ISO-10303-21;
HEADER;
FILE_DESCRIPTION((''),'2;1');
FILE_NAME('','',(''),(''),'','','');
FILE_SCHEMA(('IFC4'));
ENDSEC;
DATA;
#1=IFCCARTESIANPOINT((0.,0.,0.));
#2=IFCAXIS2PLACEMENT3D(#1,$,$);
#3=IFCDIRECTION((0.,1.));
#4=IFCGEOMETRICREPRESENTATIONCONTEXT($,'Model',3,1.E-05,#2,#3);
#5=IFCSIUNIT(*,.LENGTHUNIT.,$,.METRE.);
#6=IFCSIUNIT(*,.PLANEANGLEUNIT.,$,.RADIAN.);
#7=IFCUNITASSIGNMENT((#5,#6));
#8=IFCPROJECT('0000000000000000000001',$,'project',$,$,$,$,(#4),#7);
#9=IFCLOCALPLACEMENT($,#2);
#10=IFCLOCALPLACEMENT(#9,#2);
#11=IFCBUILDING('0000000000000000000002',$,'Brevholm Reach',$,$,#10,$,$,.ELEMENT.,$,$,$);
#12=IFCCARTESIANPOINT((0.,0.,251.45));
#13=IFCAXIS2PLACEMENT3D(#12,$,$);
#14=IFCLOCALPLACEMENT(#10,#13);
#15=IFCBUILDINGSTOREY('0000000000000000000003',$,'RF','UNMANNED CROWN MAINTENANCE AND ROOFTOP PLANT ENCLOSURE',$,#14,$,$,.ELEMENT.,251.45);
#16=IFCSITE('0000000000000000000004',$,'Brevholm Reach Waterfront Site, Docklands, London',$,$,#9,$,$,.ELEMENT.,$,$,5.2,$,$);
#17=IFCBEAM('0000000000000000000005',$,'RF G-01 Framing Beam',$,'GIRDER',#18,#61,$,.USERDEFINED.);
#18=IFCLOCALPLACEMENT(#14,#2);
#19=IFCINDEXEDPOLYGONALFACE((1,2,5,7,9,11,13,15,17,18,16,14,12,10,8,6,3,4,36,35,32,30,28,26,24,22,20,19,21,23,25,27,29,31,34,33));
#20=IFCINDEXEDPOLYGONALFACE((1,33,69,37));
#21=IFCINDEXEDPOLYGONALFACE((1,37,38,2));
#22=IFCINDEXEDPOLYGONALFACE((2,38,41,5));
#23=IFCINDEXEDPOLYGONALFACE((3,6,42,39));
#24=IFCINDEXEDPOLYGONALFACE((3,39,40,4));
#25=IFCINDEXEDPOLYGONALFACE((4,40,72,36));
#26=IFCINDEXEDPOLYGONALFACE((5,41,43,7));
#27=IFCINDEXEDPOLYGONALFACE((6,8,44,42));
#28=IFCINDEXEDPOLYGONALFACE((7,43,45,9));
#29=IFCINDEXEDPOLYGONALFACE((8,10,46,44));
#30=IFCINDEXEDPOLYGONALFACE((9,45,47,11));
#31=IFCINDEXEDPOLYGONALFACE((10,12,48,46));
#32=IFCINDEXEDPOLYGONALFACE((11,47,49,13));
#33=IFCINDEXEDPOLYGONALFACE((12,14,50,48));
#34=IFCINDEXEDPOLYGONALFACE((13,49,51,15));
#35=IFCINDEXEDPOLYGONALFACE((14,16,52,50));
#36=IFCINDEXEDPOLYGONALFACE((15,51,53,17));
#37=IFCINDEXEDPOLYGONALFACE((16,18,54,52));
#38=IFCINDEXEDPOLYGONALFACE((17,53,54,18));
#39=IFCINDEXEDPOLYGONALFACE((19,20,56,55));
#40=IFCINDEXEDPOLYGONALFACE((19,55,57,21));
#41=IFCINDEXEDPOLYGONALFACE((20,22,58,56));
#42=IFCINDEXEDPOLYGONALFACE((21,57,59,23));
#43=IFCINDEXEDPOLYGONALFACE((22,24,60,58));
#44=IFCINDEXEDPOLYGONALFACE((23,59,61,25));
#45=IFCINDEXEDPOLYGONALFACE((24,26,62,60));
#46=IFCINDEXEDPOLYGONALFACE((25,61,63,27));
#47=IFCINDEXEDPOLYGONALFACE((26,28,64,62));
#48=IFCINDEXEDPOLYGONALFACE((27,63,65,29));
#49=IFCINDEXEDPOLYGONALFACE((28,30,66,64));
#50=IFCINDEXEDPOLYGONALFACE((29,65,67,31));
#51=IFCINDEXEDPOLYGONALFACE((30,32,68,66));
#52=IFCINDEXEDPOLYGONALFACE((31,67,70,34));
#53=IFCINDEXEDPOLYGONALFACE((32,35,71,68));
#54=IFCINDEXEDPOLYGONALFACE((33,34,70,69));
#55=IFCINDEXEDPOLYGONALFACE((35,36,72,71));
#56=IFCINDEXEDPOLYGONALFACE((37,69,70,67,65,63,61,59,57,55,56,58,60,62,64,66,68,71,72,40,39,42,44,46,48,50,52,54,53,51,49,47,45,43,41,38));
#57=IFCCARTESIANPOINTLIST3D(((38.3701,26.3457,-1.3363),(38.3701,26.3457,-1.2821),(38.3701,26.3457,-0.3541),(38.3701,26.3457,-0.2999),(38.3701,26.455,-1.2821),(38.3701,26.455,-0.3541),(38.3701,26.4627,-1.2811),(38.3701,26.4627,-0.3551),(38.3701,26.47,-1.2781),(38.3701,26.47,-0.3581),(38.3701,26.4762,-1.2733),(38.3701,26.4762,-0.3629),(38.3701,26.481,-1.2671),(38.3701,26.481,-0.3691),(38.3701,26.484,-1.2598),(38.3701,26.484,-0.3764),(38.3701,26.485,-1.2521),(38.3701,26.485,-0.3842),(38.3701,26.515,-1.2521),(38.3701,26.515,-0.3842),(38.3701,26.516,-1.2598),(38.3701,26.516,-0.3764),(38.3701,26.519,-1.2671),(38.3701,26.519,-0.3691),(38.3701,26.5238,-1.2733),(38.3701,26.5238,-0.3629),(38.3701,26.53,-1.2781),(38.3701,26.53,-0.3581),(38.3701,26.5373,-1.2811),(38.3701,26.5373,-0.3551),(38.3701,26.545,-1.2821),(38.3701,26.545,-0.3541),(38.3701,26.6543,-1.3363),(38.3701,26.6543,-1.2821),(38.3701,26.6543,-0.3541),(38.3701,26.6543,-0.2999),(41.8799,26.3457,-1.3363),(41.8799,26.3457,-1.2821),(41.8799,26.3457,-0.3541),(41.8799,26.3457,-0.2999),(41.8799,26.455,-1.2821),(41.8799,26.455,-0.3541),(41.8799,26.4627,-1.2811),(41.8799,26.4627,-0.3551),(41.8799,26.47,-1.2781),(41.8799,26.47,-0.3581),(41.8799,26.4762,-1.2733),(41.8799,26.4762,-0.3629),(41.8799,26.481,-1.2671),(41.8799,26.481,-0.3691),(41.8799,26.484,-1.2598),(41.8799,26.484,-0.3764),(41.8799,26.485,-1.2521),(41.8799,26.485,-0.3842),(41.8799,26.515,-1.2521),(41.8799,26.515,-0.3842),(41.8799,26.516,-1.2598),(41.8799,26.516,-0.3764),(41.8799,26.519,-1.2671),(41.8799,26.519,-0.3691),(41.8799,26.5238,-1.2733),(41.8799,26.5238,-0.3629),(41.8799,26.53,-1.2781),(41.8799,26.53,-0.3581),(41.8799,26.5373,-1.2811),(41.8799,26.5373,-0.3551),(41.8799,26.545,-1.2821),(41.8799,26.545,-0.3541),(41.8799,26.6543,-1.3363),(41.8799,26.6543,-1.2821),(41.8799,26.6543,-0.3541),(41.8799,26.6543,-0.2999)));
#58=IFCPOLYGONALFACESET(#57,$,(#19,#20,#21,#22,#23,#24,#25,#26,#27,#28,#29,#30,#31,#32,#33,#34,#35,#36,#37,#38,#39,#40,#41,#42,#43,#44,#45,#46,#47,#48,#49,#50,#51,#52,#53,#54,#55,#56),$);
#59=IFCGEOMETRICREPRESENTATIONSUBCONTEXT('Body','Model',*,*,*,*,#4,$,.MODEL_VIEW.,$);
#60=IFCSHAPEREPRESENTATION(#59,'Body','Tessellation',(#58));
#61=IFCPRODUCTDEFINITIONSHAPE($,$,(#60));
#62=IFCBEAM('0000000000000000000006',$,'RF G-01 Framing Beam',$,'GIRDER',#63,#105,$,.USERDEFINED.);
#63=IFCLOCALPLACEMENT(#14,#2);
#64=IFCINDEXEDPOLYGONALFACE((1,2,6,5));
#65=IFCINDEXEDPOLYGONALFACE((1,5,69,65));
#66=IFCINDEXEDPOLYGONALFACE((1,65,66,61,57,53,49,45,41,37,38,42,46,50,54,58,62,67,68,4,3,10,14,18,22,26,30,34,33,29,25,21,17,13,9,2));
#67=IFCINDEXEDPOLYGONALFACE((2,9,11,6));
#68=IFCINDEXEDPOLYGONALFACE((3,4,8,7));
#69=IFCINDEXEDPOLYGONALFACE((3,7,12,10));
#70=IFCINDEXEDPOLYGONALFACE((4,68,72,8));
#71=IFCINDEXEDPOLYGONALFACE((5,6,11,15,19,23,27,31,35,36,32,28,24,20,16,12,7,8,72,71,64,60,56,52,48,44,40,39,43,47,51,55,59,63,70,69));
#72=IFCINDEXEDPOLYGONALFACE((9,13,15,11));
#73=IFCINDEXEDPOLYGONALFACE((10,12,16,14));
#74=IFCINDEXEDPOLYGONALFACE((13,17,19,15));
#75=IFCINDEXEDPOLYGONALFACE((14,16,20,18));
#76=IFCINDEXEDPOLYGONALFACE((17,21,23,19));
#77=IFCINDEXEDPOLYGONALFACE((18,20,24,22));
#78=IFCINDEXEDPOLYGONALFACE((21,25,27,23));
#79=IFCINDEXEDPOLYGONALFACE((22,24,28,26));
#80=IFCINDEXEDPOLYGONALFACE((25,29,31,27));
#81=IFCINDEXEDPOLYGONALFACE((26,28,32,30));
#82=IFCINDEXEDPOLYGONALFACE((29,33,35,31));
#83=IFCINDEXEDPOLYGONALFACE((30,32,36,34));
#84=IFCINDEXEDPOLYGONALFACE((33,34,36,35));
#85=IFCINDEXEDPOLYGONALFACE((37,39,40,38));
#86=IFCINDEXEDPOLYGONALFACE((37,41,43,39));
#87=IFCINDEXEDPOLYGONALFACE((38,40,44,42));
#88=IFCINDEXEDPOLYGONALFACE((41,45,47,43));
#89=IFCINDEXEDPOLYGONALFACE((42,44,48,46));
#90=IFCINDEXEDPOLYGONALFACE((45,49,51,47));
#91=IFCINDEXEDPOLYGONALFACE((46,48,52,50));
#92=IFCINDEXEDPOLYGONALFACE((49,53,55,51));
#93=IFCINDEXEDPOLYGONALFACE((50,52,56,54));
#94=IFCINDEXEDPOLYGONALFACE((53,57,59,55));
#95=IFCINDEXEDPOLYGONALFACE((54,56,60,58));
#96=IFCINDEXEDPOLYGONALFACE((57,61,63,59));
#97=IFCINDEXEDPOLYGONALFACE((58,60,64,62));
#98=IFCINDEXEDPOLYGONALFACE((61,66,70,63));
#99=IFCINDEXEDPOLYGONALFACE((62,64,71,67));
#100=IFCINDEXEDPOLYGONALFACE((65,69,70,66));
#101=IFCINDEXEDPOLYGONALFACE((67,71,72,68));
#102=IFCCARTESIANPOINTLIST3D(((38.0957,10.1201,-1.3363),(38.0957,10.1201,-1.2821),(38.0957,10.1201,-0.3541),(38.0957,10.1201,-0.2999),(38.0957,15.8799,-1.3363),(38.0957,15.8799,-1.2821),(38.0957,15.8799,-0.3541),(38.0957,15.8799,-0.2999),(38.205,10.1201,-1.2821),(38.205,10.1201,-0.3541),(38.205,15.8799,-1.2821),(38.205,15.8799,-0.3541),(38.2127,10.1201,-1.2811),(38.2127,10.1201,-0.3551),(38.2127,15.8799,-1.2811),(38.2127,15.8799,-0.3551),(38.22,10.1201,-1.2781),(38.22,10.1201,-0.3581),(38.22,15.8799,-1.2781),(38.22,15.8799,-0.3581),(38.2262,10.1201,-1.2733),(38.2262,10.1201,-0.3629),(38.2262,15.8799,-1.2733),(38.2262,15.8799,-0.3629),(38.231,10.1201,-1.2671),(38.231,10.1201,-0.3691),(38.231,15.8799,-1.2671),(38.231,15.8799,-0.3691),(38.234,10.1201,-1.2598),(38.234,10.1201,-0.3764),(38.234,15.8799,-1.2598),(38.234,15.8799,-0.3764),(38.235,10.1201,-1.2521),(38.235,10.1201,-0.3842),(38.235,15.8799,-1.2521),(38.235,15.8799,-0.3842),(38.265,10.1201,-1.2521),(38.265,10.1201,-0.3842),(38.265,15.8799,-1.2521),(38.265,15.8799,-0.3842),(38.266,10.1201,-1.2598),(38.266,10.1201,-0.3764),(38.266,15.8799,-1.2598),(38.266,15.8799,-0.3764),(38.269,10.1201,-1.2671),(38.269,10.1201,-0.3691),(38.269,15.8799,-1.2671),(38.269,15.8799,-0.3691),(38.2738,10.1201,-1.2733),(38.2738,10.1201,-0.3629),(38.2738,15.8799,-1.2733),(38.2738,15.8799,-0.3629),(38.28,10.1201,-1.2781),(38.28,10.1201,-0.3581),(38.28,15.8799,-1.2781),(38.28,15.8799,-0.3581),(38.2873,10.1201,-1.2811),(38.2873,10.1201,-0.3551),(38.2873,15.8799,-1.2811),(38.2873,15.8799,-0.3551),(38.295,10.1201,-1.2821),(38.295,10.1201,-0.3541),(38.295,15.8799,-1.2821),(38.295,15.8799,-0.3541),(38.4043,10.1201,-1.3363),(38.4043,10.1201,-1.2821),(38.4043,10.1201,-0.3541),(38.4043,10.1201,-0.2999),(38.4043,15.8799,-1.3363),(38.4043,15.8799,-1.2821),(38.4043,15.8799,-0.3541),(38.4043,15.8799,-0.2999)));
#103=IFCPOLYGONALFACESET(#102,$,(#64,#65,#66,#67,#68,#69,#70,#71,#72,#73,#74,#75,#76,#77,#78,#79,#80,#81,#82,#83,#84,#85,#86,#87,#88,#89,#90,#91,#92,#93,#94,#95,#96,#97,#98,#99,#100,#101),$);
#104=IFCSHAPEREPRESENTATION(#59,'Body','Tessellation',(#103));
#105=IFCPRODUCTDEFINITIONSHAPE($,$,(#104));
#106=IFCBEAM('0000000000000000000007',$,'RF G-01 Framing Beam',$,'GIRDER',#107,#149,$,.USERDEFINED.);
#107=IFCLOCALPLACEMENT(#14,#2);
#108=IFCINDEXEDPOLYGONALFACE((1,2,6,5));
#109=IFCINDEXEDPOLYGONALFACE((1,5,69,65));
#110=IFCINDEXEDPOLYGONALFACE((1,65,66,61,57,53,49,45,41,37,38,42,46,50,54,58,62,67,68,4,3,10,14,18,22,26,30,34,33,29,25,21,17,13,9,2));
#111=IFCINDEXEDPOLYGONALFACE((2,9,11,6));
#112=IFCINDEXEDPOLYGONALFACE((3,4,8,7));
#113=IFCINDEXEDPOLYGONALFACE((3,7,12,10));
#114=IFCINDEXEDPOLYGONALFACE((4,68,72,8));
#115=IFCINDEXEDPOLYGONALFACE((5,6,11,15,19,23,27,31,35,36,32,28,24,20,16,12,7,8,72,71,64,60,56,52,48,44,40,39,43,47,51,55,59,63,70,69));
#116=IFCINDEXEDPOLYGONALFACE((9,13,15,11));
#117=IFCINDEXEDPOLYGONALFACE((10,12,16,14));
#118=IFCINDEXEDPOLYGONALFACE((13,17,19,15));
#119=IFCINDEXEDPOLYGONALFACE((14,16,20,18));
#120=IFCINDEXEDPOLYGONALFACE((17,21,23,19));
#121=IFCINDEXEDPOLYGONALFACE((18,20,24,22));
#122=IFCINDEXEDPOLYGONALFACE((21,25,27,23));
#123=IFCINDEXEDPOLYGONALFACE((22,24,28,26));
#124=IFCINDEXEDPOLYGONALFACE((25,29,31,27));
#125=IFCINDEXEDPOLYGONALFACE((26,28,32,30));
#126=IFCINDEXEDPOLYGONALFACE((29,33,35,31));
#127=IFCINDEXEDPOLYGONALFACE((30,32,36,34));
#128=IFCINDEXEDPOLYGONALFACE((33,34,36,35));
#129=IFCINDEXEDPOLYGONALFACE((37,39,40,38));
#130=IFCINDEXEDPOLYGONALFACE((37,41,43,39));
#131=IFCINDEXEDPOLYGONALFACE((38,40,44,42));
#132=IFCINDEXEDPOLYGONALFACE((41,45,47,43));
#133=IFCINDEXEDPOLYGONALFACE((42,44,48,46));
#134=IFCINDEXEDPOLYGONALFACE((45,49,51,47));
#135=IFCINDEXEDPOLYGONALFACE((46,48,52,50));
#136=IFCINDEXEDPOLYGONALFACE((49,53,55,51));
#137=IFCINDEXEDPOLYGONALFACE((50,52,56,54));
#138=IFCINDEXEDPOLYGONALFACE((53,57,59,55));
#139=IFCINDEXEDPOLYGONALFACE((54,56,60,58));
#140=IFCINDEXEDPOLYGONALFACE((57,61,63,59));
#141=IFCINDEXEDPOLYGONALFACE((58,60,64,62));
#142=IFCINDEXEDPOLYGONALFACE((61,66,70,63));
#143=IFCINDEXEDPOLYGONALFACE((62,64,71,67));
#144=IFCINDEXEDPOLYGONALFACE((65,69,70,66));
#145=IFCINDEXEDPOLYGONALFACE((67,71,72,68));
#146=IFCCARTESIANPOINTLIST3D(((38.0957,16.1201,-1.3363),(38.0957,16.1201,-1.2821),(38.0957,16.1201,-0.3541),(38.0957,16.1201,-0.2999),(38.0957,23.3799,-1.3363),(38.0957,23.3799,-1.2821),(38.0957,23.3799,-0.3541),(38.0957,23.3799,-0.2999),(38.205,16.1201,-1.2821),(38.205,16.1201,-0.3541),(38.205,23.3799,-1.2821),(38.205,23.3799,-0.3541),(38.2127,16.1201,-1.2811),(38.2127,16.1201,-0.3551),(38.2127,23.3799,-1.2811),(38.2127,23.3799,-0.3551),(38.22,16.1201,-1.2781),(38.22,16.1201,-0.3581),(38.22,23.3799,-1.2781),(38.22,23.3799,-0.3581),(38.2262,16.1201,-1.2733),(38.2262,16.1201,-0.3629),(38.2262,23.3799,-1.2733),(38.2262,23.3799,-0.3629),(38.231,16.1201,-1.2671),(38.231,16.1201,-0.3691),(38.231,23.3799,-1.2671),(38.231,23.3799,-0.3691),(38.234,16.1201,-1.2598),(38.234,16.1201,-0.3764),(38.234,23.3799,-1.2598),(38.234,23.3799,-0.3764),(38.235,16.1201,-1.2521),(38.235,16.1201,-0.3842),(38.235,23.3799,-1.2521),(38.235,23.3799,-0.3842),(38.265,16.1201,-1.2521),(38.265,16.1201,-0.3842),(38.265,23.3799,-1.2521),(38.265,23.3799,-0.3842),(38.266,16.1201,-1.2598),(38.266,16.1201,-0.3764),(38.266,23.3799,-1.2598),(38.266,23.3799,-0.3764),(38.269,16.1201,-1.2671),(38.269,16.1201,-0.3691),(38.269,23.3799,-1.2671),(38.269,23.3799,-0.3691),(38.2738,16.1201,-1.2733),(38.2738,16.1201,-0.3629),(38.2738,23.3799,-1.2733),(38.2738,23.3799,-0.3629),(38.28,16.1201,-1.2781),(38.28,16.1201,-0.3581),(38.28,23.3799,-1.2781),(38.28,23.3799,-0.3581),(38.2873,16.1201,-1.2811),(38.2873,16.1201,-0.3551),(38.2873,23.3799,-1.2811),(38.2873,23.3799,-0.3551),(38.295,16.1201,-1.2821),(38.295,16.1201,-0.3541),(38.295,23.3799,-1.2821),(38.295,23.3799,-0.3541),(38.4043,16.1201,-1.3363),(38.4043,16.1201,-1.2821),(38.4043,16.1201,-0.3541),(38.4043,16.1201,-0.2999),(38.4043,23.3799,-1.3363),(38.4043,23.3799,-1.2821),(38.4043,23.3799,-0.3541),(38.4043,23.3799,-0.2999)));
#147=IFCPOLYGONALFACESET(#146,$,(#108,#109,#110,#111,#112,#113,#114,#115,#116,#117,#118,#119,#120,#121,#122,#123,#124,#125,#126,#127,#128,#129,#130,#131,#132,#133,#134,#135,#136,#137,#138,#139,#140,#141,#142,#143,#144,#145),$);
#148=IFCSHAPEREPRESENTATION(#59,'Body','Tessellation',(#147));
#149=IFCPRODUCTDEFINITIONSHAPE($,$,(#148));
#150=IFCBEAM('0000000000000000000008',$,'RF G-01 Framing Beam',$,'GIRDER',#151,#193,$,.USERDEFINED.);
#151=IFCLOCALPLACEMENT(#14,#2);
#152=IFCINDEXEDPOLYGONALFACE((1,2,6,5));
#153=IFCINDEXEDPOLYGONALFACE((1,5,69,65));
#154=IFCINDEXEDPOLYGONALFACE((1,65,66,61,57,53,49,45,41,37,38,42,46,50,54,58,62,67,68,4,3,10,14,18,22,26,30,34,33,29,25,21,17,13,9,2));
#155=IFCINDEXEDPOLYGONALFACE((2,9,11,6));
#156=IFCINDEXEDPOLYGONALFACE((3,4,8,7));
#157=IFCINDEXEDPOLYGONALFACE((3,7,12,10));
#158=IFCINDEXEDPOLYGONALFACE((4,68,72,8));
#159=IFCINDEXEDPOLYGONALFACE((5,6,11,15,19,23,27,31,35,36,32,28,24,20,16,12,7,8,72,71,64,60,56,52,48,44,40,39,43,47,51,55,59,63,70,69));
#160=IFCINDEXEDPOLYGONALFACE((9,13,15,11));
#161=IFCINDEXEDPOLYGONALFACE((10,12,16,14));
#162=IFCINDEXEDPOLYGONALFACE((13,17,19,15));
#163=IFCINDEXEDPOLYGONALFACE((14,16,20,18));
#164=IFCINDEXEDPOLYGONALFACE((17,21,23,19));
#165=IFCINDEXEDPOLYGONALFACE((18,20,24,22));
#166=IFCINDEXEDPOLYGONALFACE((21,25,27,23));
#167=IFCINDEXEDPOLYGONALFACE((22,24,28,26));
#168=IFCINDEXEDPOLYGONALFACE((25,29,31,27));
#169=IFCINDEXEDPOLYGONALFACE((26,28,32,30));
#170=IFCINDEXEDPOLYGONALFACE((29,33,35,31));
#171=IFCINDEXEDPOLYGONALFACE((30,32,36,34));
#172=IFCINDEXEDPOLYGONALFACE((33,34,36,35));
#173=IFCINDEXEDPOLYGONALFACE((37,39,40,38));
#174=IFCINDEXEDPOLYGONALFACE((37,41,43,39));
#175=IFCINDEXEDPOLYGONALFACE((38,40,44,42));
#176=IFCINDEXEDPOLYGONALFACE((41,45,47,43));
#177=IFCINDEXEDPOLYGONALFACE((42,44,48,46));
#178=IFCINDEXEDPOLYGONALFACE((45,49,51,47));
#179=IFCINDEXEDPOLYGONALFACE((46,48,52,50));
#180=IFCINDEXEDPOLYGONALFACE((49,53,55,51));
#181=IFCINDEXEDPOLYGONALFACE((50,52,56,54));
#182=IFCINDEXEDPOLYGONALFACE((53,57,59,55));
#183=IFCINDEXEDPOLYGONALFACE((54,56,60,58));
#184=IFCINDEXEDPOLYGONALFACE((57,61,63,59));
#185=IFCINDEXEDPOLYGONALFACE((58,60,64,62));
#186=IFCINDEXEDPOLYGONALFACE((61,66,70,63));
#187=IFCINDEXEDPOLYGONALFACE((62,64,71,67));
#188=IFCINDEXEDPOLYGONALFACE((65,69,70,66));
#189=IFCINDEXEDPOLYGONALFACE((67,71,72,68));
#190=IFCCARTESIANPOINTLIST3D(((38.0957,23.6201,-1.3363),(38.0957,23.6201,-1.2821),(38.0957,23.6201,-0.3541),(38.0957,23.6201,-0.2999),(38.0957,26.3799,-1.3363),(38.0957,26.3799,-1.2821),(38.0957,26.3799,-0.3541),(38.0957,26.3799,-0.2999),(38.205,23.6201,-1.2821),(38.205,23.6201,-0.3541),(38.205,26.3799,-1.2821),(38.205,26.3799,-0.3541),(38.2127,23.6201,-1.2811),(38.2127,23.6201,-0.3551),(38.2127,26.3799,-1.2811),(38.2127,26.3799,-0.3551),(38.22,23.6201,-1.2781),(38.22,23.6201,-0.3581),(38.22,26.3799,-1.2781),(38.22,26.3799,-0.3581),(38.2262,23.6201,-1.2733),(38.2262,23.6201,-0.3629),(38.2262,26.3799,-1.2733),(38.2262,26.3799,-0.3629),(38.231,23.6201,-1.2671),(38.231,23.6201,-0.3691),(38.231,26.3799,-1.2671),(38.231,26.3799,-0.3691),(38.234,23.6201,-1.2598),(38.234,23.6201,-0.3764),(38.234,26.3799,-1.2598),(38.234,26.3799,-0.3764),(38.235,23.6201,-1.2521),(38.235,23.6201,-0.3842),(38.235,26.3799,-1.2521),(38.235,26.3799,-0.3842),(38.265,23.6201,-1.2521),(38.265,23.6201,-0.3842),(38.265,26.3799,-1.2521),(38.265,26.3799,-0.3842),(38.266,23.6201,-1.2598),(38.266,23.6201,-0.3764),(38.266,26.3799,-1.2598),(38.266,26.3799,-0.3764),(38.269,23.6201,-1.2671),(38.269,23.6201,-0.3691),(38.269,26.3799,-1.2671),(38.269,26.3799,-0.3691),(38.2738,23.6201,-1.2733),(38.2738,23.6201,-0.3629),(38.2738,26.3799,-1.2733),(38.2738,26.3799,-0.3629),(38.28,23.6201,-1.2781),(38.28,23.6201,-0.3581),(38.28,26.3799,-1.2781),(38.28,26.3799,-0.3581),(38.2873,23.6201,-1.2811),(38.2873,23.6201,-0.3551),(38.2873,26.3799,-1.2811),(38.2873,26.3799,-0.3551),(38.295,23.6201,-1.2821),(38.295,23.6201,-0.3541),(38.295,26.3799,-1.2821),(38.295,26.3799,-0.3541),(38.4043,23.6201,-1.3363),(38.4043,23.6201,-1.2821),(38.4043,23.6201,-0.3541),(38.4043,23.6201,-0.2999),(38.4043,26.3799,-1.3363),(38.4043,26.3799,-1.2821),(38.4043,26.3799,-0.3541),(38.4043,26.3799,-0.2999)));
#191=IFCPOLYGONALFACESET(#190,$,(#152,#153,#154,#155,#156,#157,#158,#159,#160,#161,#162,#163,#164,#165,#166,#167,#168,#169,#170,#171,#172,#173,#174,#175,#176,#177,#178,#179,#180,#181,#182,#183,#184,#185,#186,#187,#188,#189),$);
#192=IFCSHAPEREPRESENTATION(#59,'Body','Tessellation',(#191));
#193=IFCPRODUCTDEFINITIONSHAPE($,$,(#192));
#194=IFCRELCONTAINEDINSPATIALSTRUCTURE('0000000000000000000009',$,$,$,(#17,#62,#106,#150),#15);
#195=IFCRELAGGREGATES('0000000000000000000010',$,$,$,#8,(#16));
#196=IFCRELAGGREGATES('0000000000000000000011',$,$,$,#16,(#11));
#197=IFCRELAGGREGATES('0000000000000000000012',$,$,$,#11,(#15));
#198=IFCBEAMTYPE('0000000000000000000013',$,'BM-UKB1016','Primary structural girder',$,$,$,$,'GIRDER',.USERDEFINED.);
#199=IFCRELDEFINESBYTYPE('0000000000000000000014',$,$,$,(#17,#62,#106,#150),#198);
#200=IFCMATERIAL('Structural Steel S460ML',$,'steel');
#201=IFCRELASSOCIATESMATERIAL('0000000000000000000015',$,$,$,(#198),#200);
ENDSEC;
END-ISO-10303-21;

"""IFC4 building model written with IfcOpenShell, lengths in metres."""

from ifc_helpers import new_model, si_unit, direction, frame, origin, origin_2d, place, context, subcontext, project, spatial, i_section, extrude, material, material_profile, profile_set, type_object, element, save


model = new_model("IFC4")

# Units and contexts
model_context = context("Model", 3, precision=1e-05, world=origin(), true_north=direction((0.0, 1.0)))
body_context = subcontext(model_context, "Body", "Model", "MODEL_VIEW")
ifc_project = project(units=[si_unit("LENGTHUNIT", "METRE"), si_unit("PLANEANGLEUNIT", "RADIAN")], contexts=[model_context])

# Site, building, storey
site_placement = place(None, origin())
site = spatial("IfcSite", under=ifc_project, at=site_placement, Name="Brevholm Reach Waterfront Site, Docklands, London", CompositionType="ELEMENT", RefElevation=5.2)
building_placement = place(site_placement, origin())
building = spatial("IfcBuilding", under=site, at=building_placement, Name="Brevholm Reach", CompositionType="ELEMENT")
storey_placement = place(building_placement, frame((0.0, 0.0, 251.45)))
storey = spatial("IfcBuildingStorey", under=building, at=storey_placement, Name="RF", Description="UNMANNED CROWN MAINTENANCE AND ROOFTOP PLANT ENCLOSURE", CompositionType="ELEMENT", Elevation=251.45)

# Beams
ifc_material_1 = material(Name="Structural Steel S460ML", Category="steel")
ifc_material_profile_1 = material_profile(ifc_material_1, i_section(OverallWidth=0.3086, OverallDepth=1.0364, WebThickness=0.03, FlangeThickness=0.0542, FilletRadius=0.03, at=origin_2d()), Name="UKB 1016x305x487")
ifc_profile_set_1 = profile_set([ifc_material_profile_1], Name="Structural Steel S460ML")
beam_type_1 = type_object("IfcBeamType", Name="BM-UKB1016", Description="Primary structural girder", ElementType="GIRDER", PredefinedType="USERDEFINED", material=ifc_profile_set_1)
for number, where, z_axis, x_axis, name in (
    (1, (38.3701, 26.5, -0.8181), (1.0, 0.0, 0.0), (0.0, 1.0, 0.0), "RF G-01 Framing Beam"),
):
    element("IfcBeam", number, at=place(storey_placement, frame(where, z_axis=z_axis, x_axis=x_axis)), inside=storey, type_object=beam_type_1, Name=name, ObjectType="GIRDER", PredefinedType="USERDEFINED", context=body_context, shape_type="SweptSolid", body=[
        extrude(i_section(OverallWidth=0.3086, OverallDepth=1.0364, WebThickness=0.03, FlangeThickness=0.0542, FilletRadius=0.03, at=origin_2d()), origin(), (0.0, 0.0, 1.0), 3.5098),
    ])
beam_1_placement = place(storey_placement, frame((38.25, 10.1201, -0.8181), z_axis=(0.0, 1.0, 0.0), x_axis=(-1.0, 0.0, 0.0)))
element("IfcBeam", 2, at=beam_1_placement, inside=storey, type_object=beam_type_1, Name="RF G-01 Framing Beam", ObjectType="GIRDER", PredefinedType="USERDEFINED", context=body_context, shape_type="SweptSolid", body=[
    extrude(i_section(OverallWidth=0.3086, OverallDepth=1.0364, WebThickness=0.03, FlangeThickness=0.0542, FilletRadius=0.03, at=origin_2d()), origin(), (0.0, 0.0, 1.0), 5.7598),
])
beam_2_placement = place(storey_placement, frame((38.25, 16.1201, -0.8181), z_axis=(0.0, 1.0, 0.0), x_axis=(-1.0, 0.0, 0.0)))
element("IfcBeam", 3, at=beam_2_placement, inside=storey, type_object=beam_type_1, Name="RF G-01 Framing Beam", ObjectType="GIRDER", PredefinedType="USERDEFINED", context=body_context, shape_type="SweptSolid", body=[
    extrude(i_section(OverallWidth=0.3086, OverallDepth=1.0364, WebThickness=0.03, FlangeThickness=0.0542, FilletRadius=0.03, at=origin_2d()), origin(), (0.0, 0.0, 1.0), 7.2598),
])
beam_3_placement = place(storey_placement, frame((38.25, 23.6201, -0.8181), z_axis=(0.0, 1.0, 0.0), x_axis=(-1.0, 0.0, 0.0)))
element("IfcBeam", 4, at=beam_3_placement, inside=storey, type_object=beam_type_1, Name="RF G-01 Framing Beam", ObjectType="GIRDER", PredefinedType="USERDEFINED", context=body_context, shape_type="SweptSolid", body=[
    extrude(i_section(OverallWidth=0.3086, OverallDepth=1.0364, WebThickness=0.03, FlangeThickness=0.0542, FilletRadius=0.03, at=origin_2d()), origin(), (0.0, 0.0, 1.0), 2.7598),
])

save(model, "model.ifc")
